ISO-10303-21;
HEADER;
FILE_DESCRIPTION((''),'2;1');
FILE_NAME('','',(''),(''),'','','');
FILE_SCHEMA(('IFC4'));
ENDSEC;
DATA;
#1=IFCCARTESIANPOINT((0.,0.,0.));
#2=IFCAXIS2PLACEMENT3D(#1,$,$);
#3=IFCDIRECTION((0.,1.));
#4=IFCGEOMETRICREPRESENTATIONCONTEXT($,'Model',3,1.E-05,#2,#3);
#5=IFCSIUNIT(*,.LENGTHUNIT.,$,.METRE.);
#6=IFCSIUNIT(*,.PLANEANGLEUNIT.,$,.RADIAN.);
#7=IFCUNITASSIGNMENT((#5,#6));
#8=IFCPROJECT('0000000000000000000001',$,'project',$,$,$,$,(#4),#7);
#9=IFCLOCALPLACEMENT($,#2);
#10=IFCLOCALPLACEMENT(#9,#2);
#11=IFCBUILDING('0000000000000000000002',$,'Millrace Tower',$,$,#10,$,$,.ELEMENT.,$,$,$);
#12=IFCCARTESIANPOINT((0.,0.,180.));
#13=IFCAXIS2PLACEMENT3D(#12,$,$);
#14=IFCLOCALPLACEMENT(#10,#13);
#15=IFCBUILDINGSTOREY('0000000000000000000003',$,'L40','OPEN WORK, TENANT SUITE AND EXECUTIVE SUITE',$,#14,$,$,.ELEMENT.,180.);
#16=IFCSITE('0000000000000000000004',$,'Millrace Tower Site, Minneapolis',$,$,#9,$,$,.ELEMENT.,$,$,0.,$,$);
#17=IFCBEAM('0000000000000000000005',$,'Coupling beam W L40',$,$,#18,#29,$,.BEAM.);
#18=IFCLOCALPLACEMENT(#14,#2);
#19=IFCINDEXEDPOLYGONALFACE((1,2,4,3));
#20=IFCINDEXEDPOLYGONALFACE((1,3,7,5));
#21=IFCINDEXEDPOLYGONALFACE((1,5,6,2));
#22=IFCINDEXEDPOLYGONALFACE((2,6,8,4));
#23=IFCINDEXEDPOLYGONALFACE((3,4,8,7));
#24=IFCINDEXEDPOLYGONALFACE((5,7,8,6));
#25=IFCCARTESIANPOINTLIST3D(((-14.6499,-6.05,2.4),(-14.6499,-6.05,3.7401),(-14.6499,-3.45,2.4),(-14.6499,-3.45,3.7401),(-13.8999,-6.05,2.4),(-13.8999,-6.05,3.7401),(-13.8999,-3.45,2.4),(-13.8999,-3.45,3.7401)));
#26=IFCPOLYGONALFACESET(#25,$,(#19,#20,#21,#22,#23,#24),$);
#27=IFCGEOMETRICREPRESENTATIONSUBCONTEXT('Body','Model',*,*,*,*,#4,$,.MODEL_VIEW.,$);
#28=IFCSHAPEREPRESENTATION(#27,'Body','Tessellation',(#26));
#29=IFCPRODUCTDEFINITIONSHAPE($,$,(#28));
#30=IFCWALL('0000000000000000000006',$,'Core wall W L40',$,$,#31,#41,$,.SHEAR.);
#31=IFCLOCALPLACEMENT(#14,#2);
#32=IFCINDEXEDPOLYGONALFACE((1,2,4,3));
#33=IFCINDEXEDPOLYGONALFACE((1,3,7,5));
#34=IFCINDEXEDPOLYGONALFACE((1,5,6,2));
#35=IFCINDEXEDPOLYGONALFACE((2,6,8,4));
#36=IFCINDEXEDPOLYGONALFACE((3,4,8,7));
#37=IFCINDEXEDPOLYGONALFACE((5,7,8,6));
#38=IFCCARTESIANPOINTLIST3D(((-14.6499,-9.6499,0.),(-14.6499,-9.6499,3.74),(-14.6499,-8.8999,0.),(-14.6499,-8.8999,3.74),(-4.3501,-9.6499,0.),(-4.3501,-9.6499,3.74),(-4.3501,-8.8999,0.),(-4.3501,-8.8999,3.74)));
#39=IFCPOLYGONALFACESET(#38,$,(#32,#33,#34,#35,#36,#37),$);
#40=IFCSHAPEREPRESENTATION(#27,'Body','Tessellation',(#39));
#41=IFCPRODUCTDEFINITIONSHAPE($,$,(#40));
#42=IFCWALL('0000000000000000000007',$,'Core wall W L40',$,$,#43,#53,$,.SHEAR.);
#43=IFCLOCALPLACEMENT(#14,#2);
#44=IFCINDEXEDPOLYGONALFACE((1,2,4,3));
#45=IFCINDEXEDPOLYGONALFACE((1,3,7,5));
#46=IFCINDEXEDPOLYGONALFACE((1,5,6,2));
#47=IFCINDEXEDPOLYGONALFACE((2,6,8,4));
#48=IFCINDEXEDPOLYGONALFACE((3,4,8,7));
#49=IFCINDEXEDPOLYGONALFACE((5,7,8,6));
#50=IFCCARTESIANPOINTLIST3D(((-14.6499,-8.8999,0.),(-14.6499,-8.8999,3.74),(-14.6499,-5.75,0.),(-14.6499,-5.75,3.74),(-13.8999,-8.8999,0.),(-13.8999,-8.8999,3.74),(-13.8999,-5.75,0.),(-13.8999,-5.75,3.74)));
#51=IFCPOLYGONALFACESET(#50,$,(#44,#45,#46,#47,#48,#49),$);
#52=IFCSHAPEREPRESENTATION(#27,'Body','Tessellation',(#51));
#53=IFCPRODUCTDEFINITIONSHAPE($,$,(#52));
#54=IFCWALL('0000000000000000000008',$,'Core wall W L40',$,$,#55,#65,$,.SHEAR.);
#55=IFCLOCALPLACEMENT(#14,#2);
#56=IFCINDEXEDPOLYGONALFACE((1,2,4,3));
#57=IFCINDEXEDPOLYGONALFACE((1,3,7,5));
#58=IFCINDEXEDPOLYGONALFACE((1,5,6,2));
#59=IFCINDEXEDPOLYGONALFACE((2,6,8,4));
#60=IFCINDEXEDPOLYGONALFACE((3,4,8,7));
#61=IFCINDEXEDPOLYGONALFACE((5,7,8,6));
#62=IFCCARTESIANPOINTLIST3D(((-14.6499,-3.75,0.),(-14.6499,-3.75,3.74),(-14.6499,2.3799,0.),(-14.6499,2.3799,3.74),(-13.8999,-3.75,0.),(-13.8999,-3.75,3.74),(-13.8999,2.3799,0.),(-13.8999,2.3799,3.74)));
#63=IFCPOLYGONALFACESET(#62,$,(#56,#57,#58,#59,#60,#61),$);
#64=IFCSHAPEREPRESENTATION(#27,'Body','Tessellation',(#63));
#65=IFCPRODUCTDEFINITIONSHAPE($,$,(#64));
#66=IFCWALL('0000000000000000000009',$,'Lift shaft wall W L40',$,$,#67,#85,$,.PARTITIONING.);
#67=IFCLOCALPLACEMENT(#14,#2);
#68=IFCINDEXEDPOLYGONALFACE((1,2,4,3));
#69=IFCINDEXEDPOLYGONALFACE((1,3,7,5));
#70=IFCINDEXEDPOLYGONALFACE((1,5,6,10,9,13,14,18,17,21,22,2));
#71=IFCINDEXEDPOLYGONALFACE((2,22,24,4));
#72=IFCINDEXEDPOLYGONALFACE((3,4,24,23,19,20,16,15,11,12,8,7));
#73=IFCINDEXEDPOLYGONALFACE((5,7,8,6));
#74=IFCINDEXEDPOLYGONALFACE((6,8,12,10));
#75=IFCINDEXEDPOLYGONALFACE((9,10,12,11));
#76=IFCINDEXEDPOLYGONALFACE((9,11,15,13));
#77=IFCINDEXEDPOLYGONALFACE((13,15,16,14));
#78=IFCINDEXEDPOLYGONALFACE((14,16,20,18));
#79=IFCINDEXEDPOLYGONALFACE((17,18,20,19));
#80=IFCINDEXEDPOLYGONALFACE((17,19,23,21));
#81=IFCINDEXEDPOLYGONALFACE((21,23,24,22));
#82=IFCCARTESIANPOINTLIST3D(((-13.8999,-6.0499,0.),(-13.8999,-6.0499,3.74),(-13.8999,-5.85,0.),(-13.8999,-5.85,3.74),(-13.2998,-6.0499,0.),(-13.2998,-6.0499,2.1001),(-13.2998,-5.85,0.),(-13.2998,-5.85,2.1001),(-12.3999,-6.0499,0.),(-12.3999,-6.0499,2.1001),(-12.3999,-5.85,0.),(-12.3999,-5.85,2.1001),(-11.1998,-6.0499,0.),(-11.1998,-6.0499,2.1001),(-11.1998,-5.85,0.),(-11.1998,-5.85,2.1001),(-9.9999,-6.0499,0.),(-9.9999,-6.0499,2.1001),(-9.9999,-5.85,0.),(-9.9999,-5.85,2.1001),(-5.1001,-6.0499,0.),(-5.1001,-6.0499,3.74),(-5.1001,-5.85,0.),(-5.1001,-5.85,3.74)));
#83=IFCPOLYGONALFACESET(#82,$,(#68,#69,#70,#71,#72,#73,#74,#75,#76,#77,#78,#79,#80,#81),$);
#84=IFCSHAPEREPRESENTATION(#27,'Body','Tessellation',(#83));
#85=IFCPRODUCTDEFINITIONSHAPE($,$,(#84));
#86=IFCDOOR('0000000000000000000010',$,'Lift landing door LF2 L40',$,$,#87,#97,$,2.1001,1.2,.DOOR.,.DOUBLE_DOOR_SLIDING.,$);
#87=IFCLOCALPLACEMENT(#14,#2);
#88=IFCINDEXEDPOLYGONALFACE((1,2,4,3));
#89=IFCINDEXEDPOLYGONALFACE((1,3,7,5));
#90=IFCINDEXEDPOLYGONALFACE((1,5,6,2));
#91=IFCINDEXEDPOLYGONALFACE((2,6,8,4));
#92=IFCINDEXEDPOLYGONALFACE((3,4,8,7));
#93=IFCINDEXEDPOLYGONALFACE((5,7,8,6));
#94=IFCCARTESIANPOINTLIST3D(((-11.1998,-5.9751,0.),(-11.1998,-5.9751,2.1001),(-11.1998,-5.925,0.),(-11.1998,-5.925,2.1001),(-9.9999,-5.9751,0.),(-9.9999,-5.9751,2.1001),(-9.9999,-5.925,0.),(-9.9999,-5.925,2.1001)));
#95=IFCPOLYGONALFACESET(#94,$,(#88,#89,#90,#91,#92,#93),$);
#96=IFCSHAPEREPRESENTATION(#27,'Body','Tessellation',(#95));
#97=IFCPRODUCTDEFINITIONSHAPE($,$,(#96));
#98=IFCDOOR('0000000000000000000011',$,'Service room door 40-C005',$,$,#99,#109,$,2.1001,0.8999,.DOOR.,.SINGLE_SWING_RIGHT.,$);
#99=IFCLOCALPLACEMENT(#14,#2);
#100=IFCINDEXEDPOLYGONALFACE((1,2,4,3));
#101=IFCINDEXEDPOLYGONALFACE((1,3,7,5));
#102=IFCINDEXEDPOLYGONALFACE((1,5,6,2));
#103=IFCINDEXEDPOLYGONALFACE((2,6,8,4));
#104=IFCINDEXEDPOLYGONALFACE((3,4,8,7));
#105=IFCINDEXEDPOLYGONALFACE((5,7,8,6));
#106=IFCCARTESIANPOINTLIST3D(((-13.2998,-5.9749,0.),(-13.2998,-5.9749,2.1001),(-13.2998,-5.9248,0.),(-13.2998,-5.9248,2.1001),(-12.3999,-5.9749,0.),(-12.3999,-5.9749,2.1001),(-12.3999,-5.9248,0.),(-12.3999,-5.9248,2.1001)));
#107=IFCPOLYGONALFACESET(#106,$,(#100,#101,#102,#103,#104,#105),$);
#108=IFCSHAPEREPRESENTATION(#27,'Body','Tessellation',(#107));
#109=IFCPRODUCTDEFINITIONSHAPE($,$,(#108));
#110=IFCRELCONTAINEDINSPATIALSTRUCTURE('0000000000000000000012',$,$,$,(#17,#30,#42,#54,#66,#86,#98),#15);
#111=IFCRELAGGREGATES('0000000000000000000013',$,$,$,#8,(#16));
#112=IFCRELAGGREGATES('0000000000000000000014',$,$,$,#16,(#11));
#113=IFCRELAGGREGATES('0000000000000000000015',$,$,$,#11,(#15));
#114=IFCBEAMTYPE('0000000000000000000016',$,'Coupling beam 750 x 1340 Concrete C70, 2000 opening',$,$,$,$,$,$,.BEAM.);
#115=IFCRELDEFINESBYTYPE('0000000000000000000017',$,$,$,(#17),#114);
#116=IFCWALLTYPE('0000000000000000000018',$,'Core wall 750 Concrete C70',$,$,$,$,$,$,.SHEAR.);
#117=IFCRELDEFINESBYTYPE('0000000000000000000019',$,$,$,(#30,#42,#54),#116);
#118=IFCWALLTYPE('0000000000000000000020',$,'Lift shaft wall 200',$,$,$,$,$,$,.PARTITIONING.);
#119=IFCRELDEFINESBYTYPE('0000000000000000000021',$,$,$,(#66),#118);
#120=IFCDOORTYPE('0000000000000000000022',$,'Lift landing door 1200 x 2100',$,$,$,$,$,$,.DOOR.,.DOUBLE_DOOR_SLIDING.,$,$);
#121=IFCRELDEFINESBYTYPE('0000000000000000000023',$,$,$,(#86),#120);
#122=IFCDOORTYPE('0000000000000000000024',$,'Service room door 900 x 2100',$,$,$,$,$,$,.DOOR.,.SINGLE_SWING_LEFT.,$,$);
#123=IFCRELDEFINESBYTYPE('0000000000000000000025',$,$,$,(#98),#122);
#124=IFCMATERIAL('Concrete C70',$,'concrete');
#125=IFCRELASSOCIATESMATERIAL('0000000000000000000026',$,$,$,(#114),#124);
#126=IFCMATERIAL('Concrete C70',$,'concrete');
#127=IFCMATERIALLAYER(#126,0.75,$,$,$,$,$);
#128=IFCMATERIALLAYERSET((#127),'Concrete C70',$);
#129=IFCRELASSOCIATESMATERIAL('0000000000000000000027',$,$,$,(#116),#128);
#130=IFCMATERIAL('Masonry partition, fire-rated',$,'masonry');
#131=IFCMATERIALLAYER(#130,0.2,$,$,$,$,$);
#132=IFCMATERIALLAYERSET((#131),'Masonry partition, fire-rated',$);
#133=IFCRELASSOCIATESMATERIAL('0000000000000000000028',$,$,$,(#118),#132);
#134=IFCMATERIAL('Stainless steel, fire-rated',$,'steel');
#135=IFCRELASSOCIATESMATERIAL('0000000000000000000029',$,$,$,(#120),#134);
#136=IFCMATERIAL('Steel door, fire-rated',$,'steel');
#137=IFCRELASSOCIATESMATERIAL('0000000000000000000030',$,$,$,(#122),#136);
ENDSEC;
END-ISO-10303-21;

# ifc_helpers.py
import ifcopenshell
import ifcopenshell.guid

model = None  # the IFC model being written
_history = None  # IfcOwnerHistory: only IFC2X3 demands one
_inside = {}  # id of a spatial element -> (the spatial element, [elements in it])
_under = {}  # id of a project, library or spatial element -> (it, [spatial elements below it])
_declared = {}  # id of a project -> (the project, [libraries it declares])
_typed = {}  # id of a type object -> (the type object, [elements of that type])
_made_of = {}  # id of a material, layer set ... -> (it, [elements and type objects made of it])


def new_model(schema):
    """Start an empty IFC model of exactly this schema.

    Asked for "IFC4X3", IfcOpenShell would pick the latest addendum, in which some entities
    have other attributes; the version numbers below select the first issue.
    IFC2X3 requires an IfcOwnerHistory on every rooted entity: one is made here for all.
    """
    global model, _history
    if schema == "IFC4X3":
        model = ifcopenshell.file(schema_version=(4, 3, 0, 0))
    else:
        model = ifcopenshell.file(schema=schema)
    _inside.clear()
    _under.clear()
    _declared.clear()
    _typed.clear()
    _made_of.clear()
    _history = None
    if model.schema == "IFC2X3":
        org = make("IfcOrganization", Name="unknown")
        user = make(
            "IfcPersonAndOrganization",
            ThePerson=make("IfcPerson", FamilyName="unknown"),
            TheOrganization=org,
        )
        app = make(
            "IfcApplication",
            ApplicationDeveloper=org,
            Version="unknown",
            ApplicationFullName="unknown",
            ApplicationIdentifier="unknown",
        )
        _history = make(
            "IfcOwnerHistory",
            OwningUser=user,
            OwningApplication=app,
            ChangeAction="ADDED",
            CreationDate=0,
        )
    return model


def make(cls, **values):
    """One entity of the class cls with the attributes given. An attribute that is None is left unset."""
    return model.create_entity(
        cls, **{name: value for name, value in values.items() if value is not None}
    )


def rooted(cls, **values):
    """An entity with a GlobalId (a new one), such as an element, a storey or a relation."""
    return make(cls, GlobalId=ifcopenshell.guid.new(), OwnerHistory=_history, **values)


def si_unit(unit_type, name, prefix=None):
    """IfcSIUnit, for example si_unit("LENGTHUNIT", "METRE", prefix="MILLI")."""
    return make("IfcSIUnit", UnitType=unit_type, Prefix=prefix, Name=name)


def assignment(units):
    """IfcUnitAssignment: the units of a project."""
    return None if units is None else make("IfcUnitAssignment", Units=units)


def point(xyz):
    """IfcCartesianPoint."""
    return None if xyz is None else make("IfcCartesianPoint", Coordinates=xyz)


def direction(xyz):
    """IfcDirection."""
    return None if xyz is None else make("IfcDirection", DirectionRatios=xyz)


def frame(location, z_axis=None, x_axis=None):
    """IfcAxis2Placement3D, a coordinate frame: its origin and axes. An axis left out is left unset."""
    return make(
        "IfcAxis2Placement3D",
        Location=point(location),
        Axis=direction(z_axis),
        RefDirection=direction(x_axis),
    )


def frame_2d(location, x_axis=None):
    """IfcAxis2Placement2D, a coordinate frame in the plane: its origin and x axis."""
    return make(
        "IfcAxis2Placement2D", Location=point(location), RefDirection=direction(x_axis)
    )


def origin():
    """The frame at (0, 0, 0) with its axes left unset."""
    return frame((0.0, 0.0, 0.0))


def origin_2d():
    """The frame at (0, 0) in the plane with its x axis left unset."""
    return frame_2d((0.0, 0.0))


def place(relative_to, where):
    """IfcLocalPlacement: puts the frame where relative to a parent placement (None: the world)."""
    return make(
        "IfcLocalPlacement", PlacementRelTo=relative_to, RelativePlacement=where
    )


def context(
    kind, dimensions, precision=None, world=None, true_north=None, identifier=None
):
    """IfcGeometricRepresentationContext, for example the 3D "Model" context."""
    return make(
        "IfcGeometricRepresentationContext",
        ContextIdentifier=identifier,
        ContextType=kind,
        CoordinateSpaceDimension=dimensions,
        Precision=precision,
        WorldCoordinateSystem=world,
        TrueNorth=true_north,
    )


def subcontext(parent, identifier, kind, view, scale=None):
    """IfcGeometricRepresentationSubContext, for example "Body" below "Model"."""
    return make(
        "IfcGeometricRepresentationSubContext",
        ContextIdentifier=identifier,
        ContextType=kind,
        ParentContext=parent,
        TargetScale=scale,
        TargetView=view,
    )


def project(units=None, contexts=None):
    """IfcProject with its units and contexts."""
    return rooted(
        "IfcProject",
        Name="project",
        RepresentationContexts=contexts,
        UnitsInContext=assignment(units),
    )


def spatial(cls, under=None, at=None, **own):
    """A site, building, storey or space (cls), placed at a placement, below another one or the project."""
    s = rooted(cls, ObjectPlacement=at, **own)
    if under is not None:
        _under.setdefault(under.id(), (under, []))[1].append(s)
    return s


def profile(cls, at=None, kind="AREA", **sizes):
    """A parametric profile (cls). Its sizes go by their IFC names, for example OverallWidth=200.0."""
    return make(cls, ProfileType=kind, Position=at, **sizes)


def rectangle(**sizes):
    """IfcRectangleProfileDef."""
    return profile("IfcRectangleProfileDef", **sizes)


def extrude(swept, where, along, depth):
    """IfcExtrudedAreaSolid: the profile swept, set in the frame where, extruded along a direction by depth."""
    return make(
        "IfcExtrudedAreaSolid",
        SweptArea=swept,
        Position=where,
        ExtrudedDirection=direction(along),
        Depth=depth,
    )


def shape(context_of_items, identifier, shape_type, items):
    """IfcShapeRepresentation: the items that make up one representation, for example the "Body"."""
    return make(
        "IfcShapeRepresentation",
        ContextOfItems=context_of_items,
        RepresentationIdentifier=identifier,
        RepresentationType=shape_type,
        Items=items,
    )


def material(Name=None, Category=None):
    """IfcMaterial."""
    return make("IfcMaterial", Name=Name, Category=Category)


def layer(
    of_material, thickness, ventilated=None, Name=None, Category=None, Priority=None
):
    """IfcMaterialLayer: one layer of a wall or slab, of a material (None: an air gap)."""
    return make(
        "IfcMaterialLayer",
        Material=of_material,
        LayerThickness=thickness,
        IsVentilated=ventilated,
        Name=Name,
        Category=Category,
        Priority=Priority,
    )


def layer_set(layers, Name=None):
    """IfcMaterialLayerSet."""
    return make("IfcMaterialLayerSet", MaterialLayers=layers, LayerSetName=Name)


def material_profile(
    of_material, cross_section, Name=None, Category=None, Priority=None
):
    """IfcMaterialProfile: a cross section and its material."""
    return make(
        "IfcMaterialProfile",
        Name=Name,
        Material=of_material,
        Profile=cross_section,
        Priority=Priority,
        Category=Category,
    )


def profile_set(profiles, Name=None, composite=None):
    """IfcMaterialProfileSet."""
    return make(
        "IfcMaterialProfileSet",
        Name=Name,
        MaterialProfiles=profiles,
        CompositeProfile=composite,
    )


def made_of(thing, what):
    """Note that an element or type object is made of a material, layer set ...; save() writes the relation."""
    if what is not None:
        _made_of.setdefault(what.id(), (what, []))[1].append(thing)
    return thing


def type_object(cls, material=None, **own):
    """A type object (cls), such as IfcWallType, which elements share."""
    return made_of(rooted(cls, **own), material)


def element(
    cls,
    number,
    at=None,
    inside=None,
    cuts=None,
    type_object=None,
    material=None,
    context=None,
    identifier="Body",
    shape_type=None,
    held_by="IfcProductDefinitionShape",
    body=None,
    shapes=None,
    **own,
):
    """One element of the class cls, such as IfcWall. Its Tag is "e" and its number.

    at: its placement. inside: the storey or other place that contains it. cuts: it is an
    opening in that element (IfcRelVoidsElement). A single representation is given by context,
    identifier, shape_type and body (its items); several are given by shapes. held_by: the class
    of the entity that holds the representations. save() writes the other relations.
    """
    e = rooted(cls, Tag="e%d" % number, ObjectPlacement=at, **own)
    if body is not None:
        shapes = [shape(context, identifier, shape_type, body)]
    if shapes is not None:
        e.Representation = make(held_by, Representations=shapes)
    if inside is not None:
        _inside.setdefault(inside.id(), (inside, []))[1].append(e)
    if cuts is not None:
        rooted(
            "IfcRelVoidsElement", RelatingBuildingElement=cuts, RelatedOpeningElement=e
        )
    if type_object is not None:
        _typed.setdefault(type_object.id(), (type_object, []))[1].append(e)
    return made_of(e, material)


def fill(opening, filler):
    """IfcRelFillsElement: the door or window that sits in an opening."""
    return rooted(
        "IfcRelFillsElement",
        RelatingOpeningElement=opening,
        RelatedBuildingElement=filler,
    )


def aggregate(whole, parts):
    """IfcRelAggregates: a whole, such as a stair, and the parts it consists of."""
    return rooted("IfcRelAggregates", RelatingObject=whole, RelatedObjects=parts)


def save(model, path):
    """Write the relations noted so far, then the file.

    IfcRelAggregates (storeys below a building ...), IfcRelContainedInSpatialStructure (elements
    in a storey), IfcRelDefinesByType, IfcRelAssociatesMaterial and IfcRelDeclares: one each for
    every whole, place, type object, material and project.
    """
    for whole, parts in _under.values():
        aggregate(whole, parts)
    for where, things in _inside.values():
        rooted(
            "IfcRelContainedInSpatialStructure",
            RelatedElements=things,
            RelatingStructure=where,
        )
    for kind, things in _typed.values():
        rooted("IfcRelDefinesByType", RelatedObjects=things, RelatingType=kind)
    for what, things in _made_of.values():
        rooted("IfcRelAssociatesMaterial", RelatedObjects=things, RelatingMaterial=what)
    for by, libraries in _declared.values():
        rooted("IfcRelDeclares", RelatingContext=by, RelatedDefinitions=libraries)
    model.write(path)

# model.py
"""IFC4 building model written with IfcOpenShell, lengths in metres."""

from ifc_helpers import new_model, si_unit, direction, frame, frame_2d, origin, origin_2d, place, context, subcontext, project, spatial, rectangle, extrude, material, layer, layer_set, material_profile, profile_set, type_object, element, fill, save


model = new_model("IFC4")

# Units and contexts
model_context = context("Model", 3, precision=1e-05, world=origin(), true_north=direction((0.0, 1.0)))
body_context = subcontext(model_context, "Body", "Model", "MODEL_VIEW")
ifc_project = project(units=[si_unit("LENGTHUNIT", "METRE"), si_unit("PLANEANGLEUNIT", "RADIAN")], contexts=[model_context])

# Site, building, storey
site_placement = place(None, origin())
site = spatial("IfcSite", under=ifc_project, at=site_placement, Name="Millrace Tower Site, Minneapolis", CompositionType="ELEMENT", RefElevation=0.0)
building_placement = place(site_placement, origin())
building = spatial("IfcBuilding", under=site, at=building_placement, Name="Millrace Tower", CompositionType="ELEMENT")
storey_placement = place(building_placement, frame((0.0, 0.0, 180.0)))
storey = spatial("IfcBuildingStorey", under=building, at=storey_placement, Name="L40", Description="OPEN WORK, TENANT SUITE AND EXECUTIVE SUITE", CompositionType="ELEMENT", Elevation=180.0)

# Beam
ifc_material_1 = material(Name="Concrete C70", Category="concrete")
ifc_material_profile = material_profile(ifc_material_1, rectangle(XDim=0.75, YDim=1.3401, at=origin_2d()))
ifc_profile_set = profile_set([ifc_material_profile], Name="Concrete C70")
beam_type = type_object("IfcBeamType", Name="Coupling beam 750 x 1340 Concrete C70, 2000 opening", PredefinedType="BEAM", material=ifc_profile_set)
beam_placement = place(storey_placement, frame((-14.2749, -6.05, 3.0701), z_axis=(0.0, 1.0, 0.0), x_axis=(-1.0, 0.0, 0.0)))
element("IfcBeam", 1, at=beam_placement, inside=storey, type_object=beam_type, Name="Coupling beam W L40", PredefinedType="BEAM", context=body_context, shape_type="SweptSolid", body=[
    extrude(rectangle(XDim=0.75, YDim=1.3401, at=origin_2d()), origin(), (0.0, 0.0, 1.0), 2.6001),
])

# Walls
ifc_material_2 = material(Name="Concrete C70", Category="concrete")
ifc_layer_1 = layer(ifc_material_2, 0.75)
ifc_layer_set_1 = layer_set([ifc_layer_1], Name="Concrete C70")
wall_type_1 = type_object("IfcWallType", Name="Core wall 750 Concrete C70", PredefinedType="SHEAR", material=ifc_layer_set_1)
wall_1_placement = place(storey_placement, frame((-14.6499, -9.2749, 0.0), z_axis=(0.0, 0.0, 1.0), x_axis=(1.0, 0.0, 0.0)))
element("IfcWall", 2, at=wall_1_placement, inside=storey, type_object=wall_type_1, Name="Core wall W L40", PredefinedType="SHEAR", context=body_context, shape_type="SweptSolid", body=[
    extrude(rectangle(XDim=10.2998, YDim=0.75, at=frame_2d((5.1499, 0.0))), origin(), (0.0, 0.0, 1.0), 3.74),
])
wall_2_placement = place(storey_placement, frame((-14.2749, -8.8999, 0.0), z_axis=(0.0, 0.0, 1.0), x_axis=(0.0, 1.0, 0.0)))
element("IfcWall", 3, at=wall_2_placement, inside=storey, type_object=wall_type_1, Name="Core wall W L40", PredefinedType="SHEAR", context=body_context, shape_type="SweptSolid", body=[
    extrude(rectangle(XDim=3.1499, YDim=0.75, at=frame_2d((1.575, 0.0))), origin(), (0.0, 0.0, 1.0), 3.74),
])
wall_3_placement = place(storey_placement, frame((-14.2749, -3.75, 0.0), z_axis=(0.0, 0.0, 1.0), x_axis=(0.0, 1.0, 0.0)))
element("IfcWall", 4, at=wall_3_placement, inside=storey, type_object=wall_type_1, Name="Core wall W L40", PredefinedType="SHEAR", context=body_context, shape_type="SweptSolid", body=[
    extrude(rectangle(XDim=6.1299, YDim=0.75, at=frame_2d((3.0649, 0.0))), origin(), (0.0, 0.0, 1.0), 3.74),
])

# Wall, openings, doors
ifc_material_3 = material(Name="Masonry partition, fire-rated", Category="masonry")
ifc_layer_2 = layer(ifc_material_3, 0.2)
ifc_layer_set_2 = layer_set([ifc_layer_2], Name="Masonry partition, fire-rated")
wall_type_2 = type_object("IfcWallType", Name="Lift shaft wall 200", PredefinedType="PARTITIONING", material=ifc_layer_set_2)
wall_4_placement = place(storey_placement, frame((-13.8999, -5.95, 0.0), z_axis=(0.0, 0.0, 1.0), x_axis=(1.0, 0.0, 0.0)))
wall_4 = element("IfcWall", 5, at=wall_4_placement, inside=storey, type_object=wall_type_2, Name="Lift shaft wall W L40", PredefinedType="PARTITIONING", context=body_context, shape_type="SweptSolid", body=[
    extrude(rectangle(XDim=8.7998, YDim=0.2, at=frame_2d((4.3999, 0.0))), origin(), (0.0, 0.0, 1.0), 3.74),
])
opening_1_placement = place(wall_4_placement, frame((2.7, 0.0, 0.0)))
opening_1 = element("IfcOpeningElement", 6, at=opening_1_placement, cuts=wall_4, PredefinedType="OPENING", context=body_context, shape_type="SweptSolid", body=[
    extrude(rectangle(XDim=1.2, YDim=2.1001, at=frame_2d((0.6001, 1.05))), frame((0.0, 0.1099, 0.0), z_axis=(0.0, -1.0, 0.0), x_axis=(1.0, 0.0, 0.0)), (0.0, 0.0, 1.0), 0.22),
])
opening_2_placement = place(wall_4_placement, frame((0.6001, 0.0, 0.0)))
opening_2 = element("IfcOpeningElement", 7, at=opening_2_placement, cuts=wall_4, PredefinedType="OPENING", context=body_context, shape_type="SweptSolid", body=[
    extrude(rectangle(XDim=0.8999, YDim=2.1001, at=frame_2d((0.45, 1.05))), frame((0.0, 0.1099, 0.0), z_axis=(0.0, -1.0, 0.0), x_axis=(1.0, 0.0, 0.0)), (0.0, 0.0, 1.0), 0.22),
])
ifc_material_4 = material(Name="Stainless steel, fire-rated", Category="steel")
door_type_1 = type_object("IfcDoorType", Name="Lift landing door 1200 x 2100", OperationType="DOUBLE_DOOR_SLIDING", PredefinedType="DOOR", material=ifc_material_4)
door_1_placement = place(opening_1_placement, origin())
door_1 = element("IfcDoor", 8, at=door_1_placement, inside=storey, type_object=door_type_1, Name="Lift landing door LF2 L40", OperationType="DOUBLE_DOOR_SLIDING", OverallHeight=2.1001, OverallWidth=1.2, PredefinedType="DOOR", context=body_context, shape_type="SweptSolid", body=[
    extrude(rectangle(XDim=1.2, YDim=2.1001, at=frame_2d((0.6001, 1.05))), frame((0.0, 0.0249, 0.0), z_axis=(0.0, -1.0, 0.0), x_axis=(1.0, 0.0, 0.0)), (0.0, 0.0, 1.0), 0.05),
])
fill(opening_1, door_1)
ifc_material_5 = material(Name="Steel door, fire-rated", Category="steel")
door_type_2 = type_object("IfcDoorType", Name="Service room door 900 x 2100", OperationType="SINGLE_SWING_LEFT", PredefinedType="DOOR", material=ifc_material_5)
door_2_placement = place(opening_2_placement, frame((0.8999, 0.0, 0.0), z_axis=(0.0, 0.0, 1.0), x_axis=(-1.0, 0.0, 0.0)))
door_2 = element("IfcDoor", 9, at=door_2_placement, inside=storey, type_object=door_type_2, Name="Service room door 40-C005", OperationType="SINGLE_SWING_RIGHT", OverallHeight=2.1001, OverallWidth=0.8999, PredefinedType="DOOR", context=body_context, shape_type="SweptSolid", body=[
    extrude(rectangle(XDim=0.8999, YDim=2.1001, at=frame_2d((0.45, 1.05))), frame((0.0, 0.0249, 0.0), z_axis=(0.0, -1.0, 0.0), x_axis=(1.0, 0.0, 0.0)), (0.0, 0.0, 1.0), 0.05),
])
fill(opening_2, door_2)

save(model, "model.ifc")
